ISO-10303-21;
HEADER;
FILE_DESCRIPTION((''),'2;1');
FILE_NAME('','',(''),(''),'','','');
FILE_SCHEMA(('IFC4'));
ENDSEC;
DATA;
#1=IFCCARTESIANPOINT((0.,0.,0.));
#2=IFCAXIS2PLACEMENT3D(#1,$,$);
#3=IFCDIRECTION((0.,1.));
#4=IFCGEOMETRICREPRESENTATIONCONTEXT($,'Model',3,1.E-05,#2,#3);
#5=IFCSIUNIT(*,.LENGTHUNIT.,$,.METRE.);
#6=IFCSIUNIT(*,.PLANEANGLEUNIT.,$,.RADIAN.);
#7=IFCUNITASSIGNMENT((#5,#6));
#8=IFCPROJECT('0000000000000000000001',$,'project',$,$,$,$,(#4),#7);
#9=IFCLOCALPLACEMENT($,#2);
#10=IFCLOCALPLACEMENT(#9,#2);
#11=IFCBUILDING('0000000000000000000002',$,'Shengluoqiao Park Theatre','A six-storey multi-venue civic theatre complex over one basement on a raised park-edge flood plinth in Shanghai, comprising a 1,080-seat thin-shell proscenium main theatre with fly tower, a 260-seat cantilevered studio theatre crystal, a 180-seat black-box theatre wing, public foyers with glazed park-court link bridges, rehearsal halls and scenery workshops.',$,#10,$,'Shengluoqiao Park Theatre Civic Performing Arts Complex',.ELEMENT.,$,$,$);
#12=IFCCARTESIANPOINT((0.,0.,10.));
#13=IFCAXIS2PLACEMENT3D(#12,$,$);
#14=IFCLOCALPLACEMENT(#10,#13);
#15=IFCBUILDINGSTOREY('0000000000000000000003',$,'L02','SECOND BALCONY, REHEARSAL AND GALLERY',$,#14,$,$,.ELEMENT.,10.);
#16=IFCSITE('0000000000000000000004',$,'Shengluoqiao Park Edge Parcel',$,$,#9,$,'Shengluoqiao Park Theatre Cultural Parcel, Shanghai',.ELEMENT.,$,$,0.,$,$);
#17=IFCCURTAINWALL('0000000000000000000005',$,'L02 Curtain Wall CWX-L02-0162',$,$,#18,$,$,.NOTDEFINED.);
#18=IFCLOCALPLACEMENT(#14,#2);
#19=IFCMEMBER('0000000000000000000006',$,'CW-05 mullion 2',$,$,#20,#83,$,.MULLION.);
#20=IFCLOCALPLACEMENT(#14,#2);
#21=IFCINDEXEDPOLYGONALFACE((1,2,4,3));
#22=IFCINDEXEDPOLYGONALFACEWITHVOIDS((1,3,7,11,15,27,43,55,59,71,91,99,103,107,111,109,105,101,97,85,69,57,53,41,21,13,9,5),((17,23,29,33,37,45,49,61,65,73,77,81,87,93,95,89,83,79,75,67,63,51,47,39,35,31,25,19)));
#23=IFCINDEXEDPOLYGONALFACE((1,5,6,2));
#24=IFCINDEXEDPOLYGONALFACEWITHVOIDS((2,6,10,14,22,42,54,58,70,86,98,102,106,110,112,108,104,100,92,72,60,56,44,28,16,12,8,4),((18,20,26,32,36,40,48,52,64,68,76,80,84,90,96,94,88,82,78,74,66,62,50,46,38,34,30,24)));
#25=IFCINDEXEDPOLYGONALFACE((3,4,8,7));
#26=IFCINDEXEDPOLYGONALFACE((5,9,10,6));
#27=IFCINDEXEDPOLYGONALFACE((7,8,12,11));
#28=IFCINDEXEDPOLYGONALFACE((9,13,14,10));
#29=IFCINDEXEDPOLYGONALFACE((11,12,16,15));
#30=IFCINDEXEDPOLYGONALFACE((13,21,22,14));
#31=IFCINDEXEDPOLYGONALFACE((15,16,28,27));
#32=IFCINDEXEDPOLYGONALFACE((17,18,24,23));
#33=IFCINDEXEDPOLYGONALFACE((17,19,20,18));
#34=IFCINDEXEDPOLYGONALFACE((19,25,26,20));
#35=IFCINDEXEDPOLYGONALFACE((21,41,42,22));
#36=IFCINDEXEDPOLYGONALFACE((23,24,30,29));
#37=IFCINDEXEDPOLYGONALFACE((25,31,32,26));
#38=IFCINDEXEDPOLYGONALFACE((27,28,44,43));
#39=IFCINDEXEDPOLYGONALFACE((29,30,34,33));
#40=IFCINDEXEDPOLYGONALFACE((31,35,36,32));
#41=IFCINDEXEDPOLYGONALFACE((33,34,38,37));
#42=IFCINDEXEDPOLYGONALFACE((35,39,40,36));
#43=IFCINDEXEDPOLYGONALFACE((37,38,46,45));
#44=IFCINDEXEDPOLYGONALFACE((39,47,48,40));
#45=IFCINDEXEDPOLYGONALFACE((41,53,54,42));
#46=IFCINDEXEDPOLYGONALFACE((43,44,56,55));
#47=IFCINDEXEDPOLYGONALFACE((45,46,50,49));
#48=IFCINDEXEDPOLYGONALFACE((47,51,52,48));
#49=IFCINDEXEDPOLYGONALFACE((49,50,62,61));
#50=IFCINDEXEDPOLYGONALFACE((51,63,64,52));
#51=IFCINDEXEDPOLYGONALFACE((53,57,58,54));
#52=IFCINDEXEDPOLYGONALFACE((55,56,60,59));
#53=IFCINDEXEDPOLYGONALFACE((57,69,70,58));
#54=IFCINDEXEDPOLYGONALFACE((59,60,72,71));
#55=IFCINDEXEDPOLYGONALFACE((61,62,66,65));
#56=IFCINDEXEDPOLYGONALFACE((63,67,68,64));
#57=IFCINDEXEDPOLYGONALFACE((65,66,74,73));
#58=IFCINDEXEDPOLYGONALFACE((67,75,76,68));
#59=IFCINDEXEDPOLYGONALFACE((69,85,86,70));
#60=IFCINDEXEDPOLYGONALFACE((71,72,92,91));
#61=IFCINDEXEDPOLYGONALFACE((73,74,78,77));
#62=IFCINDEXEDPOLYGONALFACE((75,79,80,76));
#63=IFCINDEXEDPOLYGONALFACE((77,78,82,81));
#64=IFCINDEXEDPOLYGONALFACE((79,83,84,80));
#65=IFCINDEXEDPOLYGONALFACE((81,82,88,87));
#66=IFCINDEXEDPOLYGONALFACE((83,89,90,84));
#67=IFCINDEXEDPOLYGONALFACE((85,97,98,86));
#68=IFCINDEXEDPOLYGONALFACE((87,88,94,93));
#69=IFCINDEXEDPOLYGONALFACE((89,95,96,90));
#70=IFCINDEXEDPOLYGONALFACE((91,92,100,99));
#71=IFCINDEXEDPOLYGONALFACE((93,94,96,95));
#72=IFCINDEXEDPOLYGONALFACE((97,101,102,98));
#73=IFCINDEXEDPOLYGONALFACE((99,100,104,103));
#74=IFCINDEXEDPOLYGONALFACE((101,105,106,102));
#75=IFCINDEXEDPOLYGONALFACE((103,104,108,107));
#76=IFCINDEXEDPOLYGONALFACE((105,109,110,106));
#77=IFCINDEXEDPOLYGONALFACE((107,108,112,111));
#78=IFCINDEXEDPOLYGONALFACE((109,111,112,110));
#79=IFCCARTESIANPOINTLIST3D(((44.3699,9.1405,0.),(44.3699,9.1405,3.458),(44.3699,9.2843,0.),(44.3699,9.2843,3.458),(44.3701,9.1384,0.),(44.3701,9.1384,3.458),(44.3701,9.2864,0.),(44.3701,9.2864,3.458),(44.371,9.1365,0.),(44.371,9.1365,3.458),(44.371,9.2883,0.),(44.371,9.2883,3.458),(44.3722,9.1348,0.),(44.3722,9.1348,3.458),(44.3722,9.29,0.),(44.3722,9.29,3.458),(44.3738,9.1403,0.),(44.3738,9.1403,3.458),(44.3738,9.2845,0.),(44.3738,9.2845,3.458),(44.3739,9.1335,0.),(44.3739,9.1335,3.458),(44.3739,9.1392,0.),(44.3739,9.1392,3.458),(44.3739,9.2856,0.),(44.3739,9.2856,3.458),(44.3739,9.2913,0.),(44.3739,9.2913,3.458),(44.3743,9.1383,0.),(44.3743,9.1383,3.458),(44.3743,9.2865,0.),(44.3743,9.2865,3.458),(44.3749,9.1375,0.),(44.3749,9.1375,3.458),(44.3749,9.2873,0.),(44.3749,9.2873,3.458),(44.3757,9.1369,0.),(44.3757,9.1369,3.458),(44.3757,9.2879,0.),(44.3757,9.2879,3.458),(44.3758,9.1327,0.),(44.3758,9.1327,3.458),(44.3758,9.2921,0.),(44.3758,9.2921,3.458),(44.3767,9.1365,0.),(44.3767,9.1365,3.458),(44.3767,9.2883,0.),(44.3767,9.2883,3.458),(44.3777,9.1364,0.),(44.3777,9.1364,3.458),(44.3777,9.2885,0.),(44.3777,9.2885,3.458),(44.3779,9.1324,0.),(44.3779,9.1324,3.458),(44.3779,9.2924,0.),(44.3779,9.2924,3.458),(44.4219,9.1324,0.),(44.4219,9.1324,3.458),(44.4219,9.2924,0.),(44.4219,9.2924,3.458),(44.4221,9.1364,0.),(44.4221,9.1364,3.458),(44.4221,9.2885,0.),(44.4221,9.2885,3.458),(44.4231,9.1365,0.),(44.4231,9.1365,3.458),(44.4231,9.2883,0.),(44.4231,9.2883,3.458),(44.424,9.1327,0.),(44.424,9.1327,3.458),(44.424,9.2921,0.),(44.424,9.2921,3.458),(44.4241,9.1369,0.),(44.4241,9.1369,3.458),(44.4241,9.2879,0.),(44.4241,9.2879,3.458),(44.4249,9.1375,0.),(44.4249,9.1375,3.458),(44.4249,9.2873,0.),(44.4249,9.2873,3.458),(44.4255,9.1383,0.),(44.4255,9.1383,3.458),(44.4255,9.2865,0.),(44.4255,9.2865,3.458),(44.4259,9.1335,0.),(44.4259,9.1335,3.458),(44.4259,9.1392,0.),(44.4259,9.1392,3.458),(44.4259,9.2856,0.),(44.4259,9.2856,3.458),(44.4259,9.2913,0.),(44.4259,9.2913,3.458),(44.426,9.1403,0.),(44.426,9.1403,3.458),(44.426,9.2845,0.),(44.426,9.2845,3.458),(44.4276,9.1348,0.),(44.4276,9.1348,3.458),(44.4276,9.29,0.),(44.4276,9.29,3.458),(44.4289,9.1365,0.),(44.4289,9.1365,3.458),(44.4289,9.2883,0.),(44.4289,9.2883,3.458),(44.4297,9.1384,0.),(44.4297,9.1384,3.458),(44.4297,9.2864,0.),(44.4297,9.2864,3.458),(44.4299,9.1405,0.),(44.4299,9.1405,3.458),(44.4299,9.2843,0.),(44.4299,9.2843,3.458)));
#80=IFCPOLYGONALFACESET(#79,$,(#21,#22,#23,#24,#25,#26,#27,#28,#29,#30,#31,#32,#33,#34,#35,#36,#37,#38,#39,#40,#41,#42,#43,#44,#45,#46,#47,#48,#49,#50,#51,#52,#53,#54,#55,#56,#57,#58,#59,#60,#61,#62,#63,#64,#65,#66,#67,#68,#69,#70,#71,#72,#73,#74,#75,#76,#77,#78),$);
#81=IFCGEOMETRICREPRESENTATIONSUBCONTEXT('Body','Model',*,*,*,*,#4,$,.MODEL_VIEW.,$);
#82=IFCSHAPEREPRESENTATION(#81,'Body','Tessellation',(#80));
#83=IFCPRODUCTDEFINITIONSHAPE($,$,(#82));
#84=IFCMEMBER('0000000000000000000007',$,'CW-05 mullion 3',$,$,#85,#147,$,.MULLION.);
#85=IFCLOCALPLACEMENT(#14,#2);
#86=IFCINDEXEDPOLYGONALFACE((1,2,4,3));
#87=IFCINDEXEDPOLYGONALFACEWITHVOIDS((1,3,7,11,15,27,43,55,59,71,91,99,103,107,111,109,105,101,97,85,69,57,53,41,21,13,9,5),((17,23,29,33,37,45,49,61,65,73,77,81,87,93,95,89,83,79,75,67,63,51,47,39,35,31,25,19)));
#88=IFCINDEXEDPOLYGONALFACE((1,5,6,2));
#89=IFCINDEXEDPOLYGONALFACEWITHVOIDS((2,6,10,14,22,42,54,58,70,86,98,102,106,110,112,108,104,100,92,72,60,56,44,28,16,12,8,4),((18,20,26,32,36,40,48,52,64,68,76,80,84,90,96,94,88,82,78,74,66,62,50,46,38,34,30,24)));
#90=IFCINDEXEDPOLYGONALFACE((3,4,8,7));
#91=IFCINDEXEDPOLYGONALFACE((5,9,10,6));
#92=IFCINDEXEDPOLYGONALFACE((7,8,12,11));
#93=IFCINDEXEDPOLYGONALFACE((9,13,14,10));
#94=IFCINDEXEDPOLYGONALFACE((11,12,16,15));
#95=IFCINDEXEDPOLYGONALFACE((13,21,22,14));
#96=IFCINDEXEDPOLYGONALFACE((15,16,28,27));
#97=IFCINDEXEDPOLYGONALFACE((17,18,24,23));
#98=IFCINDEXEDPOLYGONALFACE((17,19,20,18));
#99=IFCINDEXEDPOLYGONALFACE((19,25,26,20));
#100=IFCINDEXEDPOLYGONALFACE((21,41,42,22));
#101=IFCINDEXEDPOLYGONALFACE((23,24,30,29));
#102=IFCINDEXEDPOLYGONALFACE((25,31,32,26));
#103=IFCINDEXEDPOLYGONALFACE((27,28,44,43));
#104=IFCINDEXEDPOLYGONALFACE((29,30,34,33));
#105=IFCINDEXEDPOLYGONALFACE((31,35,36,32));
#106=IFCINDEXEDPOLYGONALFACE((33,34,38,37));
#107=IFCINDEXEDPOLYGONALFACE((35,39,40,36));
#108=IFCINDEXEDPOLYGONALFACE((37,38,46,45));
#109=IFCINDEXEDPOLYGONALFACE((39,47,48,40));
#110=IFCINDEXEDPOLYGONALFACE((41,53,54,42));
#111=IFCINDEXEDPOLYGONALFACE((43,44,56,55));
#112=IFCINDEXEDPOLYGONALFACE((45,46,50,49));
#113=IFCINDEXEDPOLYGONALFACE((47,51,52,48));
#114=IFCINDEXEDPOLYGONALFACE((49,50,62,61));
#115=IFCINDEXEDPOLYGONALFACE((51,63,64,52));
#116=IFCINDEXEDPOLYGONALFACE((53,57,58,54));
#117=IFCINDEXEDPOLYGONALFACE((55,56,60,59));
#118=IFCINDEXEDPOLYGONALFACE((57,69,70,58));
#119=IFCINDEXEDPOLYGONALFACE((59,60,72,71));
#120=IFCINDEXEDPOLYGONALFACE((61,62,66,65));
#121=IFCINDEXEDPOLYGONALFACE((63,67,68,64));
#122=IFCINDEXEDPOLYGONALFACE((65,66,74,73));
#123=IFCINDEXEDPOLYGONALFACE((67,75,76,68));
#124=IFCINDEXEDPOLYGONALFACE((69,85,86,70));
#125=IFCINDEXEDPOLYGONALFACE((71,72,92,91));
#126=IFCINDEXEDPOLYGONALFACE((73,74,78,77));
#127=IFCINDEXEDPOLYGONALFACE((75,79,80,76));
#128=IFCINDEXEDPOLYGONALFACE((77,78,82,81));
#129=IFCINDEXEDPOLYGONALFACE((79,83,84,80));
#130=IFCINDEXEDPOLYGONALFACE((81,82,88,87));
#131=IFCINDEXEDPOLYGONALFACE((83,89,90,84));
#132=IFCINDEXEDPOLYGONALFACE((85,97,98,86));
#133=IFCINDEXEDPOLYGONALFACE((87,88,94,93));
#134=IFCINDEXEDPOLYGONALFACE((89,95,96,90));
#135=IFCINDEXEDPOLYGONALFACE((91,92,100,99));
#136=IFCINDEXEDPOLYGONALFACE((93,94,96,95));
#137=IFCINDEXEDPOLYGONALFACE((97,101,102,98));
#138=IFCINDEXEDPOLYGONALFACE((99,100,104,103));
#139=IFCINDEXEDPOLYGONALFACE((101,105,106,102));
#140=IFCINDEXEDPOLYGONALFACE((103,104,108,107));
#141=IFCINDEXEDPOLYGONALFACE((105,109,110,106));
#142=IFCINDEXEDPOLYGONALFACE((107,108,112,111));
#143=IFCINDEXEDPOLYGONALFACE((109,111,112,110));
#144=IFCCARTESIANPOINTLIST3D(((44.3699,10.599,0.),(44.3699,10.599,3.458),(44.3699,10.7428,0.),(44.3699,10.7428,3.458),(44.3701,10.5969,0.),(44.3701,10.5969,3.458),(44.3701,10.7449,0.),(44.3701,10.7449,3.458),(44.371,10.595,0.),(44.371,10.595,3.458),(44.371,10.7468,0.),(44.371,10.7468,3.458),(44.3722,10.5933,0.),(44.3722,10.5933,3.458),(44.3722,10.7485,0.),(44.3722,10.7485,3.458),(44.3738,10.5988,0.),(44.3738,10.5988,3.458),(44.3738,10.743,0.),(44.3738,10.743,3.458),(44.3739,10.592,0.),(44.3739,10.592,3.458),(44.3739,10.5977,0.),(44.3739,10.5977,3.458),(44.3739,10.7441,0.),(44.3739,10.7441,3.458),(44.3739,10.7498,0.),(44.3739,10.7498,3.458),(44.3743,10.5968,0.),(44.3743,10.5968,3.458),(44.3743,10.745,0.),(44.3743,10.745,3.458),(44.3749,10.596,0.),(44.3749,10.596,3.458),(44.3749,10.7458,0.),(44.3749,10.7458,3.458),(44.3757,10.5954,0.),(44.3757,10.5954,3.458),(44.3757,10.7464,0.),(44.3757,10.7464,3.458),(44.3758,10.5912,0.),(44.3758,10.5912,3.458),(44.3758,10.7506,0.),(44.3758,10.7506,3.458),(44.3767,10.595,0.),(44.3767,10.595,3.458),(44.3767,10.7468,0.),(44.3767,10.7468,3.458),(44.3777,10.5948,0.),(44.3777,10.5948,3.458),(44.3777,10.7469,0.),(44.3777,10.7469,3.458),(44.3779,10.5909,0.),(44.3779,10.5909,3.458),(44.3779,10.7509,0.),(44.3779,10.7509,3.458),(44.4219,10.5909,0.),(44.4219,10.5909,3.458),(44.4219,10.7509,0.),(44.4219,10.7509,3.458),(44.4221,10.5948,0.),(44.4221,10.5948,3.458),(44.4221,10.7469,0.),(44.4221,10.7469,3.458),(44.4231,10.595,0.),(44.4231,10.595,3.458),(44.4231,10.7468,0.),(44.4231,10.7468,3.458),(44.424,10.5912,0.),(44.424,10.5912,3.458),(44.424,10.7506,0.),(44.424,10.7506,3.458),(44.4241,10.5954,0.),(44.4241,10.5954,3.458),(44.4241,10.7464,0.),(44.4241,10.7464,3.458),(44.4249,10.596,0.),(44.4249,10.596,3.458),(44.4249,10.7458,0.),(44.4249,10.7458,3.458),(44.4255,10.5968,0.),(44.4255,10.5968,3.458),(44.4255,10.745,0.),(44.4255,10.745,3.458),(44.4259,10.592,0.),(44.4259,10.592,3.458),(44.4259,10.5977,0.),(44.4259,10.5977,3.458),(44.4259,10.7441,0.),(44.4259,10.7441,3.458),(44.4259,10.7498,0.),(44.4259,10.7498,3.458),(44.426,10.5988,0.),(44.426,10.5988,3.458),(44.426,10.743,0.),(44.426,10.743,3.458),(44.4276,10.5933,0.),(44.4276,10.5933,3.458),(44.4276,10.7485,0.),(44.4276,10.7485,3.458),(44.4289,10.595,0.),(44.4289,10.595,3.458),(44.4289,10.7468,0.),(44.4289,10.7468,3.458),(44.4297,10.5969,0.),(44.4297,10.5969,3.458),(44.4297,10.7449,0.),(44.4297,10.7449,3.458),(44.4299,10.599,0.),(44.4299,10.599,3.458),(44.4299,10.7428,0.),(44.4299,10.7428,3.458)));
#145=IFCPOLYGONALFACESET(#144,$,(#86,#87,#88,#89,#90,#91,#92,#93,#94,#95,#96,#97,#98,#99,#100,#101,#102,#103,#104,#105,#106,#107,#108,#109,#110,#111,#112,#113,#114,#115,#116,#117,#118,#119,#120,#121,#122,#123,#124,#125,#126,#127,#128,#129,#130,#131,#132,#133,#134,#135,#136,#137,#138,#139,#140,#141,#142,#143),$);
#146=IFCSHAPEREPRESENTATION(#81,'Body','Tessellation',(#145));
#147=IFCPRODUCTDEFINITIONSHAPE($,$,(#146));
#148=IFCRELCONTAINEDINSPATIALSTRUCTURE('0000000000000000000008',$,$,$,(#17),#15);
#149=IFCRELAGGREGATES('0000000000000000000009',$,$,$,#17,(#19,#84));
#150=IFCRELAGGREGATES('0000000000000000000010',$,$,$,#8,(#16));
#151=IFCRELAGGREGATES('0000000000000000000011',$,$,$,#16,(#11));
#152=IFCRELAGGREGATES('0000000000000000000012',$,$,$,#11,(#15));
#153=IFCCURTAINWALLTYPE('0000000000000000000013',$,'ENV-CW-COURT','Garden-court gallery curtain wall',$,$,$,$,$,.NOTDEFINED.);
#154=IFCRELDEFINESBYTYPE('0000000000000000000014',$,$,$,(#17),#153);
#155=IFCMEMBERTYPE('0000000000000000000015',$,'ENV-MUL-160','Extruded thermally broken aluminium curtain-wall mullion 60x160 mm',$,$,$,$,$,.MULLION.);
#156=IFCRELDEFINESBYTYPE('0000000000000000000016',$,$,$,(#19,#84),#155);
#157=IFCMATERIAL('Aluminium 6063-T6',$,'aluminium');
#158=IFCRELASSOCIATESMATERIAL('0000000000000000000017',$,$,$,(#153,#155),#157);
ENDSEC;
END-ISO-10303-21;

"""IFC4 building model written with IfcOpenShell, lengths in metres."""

from ifc_helpers import new_model, si_unit, direction, frame, origin, origin_2d, place, context, subcontext, project, spatial, hollow_rectangle, extrude, material, material_profile, profile_set, type_object, element, aggregate, save


model = new_model("IFC4")

# Units and contexts
model_context = context("Model", 3, precision=1e-05, world=origin(), true_north=direction((0.0, 1.0)))
body_context = subcontext(model_context, "Body", "Model", "MODEL_VIEW")
ifc_project = project(units=[si_unit("LENGTHUNIT", "METRE"), si_unit("PLANEANGLEUNIT", "RADIAN")], contexts=[model_context])

# Site, building, storey
site_placement = place(None, origin())
site = spatial("IfcSite", under=ifc_project, at=site_placement, Name="Shengluoqiao Park Edge Parcel", LongName="Shengluoqiao Park Theatre Cultural Parcel, Shanghai", CompositionType="ELEMENT", RefElevation=0.0)
building_placement = place(site_placement, origin())
building = spatial("IfcBuilding", under=site, at=building_placement, Name="Shengluoqiao Park Theatre", Description="A six-storey multi-venue civic theatre complex over one basement on a raised park-edge flood plinth in Shanghai, comprising a 1,080-seat thin-shell proscenium main theatre with fly tower, a 260-seat cantilevered studio theatre crystal, a 180-seat black-box theatre wing, public foyers with glazed park-court link bridges, rehearsal halls and scenery workshops.", LongName="Shengluoqiao Park Theatre Civic Performing Arts Complex", CompositionType="ELEMENT")
storey_placement = place(building_placement, frame((0.0, 0.0, 10.0)))
storey = spatial("IfcBuildingStorey", under=building, at=storey_placement, Name="L02", Description="SECOND BALCONY, REHEARSAL AND GALLERY", CompositionType="ELEMENT", Elevation=10.0)

# Curtain wall, members
ifc_material_1 = material(Name="Aluminium 6063-T6", Category="aluminium")
curtain_wall_type = type_object("IfcCurtainWallType", Name="ENV-CW-COURT", Description="Garden-court gallery curtain wall", PredefinedType="NOTDEFINED", material=ifc_material_1)
curtain_wall_placement = place(storey_placement, origin())
curtain_wall = element("IfcCurtainWall", 1, at=curtain_wall_placement, inside=storey, type_object=curtain_wall_type, Name="L02 Curtain Wall CWX-L02-0162", PredefinedType="NOTDEFINED")
ifc_material_profile_1 = material_profile(ifc_material_1, hollow_rectangle(XDim=0.0601, YDim=0.1599, WallThickness=0.0039, InnerFilletRadius=0.0039, OuterFilletRadius=0.0081, at=origin_2d()), Name="ALU MULLION 160x60x4")
ifc_profile_set_1 = profile_set([ifc_material_profile_1], Name="Aluminium 6063-T6")
member_type_1 = type_object("IfcMemberType", Name="ENV-MUL-160", Description="Extruded thermally broken aluminium curtain-wall mullion 60x160 mm", PredefinedType="MULLION", material=ifc_profile_set_1)
member_1_placement = place(storey_placement, frame((44.3999, 9.2124, 0.0), z_axis=(0.0, 0.0, 1.0), x_axis=(-1.0, 0.0, 0.0)))
member_1 = element("IfcMember", 2, at=member_1_placement, type_object=member_type_1, Name="CW-05 mullion 2", PredefinedType="MULLION", context=body_context, shape_type="SweptSolid", body=[
    extrude(hollow_rectangle(XDim=0.0601, YDim=0.1599, WallThickness=0.0039, InnerFilletRadius=0.0039, OuterFilletRadius=0.0081, at=origin_2d()), origin(), (0.0, 0.0, 1.0), 3.458),
])
member_2_placement = place(storey_placement, frame((44.3999, 10.6709, 0.0), z_axis=(0.0, 0.0, 1.0), x_axis=(-1.0, 0.0, 0.0)))
member_2 = element("IfcMember", 3, at=member_2_placement, type_object=member_type_1, Name="CW-05 mullion 3", PredefinedType="MULLION", context=body_context, shape_type="SweptSolid", body=[
    extrude(hollow_rectangle(XDim=0.0601, YDim=0.1599, WallThickness=0.0039, InnerFilletRadius=0.0039, OuterFilletRadius=0.0081, at=origin_2d()), origin(), (0.0, 0.0, 1.0), 3.458),
])
aggregate(curtain_wall, [member_1, member_2])

save(model, "model.ifc")
